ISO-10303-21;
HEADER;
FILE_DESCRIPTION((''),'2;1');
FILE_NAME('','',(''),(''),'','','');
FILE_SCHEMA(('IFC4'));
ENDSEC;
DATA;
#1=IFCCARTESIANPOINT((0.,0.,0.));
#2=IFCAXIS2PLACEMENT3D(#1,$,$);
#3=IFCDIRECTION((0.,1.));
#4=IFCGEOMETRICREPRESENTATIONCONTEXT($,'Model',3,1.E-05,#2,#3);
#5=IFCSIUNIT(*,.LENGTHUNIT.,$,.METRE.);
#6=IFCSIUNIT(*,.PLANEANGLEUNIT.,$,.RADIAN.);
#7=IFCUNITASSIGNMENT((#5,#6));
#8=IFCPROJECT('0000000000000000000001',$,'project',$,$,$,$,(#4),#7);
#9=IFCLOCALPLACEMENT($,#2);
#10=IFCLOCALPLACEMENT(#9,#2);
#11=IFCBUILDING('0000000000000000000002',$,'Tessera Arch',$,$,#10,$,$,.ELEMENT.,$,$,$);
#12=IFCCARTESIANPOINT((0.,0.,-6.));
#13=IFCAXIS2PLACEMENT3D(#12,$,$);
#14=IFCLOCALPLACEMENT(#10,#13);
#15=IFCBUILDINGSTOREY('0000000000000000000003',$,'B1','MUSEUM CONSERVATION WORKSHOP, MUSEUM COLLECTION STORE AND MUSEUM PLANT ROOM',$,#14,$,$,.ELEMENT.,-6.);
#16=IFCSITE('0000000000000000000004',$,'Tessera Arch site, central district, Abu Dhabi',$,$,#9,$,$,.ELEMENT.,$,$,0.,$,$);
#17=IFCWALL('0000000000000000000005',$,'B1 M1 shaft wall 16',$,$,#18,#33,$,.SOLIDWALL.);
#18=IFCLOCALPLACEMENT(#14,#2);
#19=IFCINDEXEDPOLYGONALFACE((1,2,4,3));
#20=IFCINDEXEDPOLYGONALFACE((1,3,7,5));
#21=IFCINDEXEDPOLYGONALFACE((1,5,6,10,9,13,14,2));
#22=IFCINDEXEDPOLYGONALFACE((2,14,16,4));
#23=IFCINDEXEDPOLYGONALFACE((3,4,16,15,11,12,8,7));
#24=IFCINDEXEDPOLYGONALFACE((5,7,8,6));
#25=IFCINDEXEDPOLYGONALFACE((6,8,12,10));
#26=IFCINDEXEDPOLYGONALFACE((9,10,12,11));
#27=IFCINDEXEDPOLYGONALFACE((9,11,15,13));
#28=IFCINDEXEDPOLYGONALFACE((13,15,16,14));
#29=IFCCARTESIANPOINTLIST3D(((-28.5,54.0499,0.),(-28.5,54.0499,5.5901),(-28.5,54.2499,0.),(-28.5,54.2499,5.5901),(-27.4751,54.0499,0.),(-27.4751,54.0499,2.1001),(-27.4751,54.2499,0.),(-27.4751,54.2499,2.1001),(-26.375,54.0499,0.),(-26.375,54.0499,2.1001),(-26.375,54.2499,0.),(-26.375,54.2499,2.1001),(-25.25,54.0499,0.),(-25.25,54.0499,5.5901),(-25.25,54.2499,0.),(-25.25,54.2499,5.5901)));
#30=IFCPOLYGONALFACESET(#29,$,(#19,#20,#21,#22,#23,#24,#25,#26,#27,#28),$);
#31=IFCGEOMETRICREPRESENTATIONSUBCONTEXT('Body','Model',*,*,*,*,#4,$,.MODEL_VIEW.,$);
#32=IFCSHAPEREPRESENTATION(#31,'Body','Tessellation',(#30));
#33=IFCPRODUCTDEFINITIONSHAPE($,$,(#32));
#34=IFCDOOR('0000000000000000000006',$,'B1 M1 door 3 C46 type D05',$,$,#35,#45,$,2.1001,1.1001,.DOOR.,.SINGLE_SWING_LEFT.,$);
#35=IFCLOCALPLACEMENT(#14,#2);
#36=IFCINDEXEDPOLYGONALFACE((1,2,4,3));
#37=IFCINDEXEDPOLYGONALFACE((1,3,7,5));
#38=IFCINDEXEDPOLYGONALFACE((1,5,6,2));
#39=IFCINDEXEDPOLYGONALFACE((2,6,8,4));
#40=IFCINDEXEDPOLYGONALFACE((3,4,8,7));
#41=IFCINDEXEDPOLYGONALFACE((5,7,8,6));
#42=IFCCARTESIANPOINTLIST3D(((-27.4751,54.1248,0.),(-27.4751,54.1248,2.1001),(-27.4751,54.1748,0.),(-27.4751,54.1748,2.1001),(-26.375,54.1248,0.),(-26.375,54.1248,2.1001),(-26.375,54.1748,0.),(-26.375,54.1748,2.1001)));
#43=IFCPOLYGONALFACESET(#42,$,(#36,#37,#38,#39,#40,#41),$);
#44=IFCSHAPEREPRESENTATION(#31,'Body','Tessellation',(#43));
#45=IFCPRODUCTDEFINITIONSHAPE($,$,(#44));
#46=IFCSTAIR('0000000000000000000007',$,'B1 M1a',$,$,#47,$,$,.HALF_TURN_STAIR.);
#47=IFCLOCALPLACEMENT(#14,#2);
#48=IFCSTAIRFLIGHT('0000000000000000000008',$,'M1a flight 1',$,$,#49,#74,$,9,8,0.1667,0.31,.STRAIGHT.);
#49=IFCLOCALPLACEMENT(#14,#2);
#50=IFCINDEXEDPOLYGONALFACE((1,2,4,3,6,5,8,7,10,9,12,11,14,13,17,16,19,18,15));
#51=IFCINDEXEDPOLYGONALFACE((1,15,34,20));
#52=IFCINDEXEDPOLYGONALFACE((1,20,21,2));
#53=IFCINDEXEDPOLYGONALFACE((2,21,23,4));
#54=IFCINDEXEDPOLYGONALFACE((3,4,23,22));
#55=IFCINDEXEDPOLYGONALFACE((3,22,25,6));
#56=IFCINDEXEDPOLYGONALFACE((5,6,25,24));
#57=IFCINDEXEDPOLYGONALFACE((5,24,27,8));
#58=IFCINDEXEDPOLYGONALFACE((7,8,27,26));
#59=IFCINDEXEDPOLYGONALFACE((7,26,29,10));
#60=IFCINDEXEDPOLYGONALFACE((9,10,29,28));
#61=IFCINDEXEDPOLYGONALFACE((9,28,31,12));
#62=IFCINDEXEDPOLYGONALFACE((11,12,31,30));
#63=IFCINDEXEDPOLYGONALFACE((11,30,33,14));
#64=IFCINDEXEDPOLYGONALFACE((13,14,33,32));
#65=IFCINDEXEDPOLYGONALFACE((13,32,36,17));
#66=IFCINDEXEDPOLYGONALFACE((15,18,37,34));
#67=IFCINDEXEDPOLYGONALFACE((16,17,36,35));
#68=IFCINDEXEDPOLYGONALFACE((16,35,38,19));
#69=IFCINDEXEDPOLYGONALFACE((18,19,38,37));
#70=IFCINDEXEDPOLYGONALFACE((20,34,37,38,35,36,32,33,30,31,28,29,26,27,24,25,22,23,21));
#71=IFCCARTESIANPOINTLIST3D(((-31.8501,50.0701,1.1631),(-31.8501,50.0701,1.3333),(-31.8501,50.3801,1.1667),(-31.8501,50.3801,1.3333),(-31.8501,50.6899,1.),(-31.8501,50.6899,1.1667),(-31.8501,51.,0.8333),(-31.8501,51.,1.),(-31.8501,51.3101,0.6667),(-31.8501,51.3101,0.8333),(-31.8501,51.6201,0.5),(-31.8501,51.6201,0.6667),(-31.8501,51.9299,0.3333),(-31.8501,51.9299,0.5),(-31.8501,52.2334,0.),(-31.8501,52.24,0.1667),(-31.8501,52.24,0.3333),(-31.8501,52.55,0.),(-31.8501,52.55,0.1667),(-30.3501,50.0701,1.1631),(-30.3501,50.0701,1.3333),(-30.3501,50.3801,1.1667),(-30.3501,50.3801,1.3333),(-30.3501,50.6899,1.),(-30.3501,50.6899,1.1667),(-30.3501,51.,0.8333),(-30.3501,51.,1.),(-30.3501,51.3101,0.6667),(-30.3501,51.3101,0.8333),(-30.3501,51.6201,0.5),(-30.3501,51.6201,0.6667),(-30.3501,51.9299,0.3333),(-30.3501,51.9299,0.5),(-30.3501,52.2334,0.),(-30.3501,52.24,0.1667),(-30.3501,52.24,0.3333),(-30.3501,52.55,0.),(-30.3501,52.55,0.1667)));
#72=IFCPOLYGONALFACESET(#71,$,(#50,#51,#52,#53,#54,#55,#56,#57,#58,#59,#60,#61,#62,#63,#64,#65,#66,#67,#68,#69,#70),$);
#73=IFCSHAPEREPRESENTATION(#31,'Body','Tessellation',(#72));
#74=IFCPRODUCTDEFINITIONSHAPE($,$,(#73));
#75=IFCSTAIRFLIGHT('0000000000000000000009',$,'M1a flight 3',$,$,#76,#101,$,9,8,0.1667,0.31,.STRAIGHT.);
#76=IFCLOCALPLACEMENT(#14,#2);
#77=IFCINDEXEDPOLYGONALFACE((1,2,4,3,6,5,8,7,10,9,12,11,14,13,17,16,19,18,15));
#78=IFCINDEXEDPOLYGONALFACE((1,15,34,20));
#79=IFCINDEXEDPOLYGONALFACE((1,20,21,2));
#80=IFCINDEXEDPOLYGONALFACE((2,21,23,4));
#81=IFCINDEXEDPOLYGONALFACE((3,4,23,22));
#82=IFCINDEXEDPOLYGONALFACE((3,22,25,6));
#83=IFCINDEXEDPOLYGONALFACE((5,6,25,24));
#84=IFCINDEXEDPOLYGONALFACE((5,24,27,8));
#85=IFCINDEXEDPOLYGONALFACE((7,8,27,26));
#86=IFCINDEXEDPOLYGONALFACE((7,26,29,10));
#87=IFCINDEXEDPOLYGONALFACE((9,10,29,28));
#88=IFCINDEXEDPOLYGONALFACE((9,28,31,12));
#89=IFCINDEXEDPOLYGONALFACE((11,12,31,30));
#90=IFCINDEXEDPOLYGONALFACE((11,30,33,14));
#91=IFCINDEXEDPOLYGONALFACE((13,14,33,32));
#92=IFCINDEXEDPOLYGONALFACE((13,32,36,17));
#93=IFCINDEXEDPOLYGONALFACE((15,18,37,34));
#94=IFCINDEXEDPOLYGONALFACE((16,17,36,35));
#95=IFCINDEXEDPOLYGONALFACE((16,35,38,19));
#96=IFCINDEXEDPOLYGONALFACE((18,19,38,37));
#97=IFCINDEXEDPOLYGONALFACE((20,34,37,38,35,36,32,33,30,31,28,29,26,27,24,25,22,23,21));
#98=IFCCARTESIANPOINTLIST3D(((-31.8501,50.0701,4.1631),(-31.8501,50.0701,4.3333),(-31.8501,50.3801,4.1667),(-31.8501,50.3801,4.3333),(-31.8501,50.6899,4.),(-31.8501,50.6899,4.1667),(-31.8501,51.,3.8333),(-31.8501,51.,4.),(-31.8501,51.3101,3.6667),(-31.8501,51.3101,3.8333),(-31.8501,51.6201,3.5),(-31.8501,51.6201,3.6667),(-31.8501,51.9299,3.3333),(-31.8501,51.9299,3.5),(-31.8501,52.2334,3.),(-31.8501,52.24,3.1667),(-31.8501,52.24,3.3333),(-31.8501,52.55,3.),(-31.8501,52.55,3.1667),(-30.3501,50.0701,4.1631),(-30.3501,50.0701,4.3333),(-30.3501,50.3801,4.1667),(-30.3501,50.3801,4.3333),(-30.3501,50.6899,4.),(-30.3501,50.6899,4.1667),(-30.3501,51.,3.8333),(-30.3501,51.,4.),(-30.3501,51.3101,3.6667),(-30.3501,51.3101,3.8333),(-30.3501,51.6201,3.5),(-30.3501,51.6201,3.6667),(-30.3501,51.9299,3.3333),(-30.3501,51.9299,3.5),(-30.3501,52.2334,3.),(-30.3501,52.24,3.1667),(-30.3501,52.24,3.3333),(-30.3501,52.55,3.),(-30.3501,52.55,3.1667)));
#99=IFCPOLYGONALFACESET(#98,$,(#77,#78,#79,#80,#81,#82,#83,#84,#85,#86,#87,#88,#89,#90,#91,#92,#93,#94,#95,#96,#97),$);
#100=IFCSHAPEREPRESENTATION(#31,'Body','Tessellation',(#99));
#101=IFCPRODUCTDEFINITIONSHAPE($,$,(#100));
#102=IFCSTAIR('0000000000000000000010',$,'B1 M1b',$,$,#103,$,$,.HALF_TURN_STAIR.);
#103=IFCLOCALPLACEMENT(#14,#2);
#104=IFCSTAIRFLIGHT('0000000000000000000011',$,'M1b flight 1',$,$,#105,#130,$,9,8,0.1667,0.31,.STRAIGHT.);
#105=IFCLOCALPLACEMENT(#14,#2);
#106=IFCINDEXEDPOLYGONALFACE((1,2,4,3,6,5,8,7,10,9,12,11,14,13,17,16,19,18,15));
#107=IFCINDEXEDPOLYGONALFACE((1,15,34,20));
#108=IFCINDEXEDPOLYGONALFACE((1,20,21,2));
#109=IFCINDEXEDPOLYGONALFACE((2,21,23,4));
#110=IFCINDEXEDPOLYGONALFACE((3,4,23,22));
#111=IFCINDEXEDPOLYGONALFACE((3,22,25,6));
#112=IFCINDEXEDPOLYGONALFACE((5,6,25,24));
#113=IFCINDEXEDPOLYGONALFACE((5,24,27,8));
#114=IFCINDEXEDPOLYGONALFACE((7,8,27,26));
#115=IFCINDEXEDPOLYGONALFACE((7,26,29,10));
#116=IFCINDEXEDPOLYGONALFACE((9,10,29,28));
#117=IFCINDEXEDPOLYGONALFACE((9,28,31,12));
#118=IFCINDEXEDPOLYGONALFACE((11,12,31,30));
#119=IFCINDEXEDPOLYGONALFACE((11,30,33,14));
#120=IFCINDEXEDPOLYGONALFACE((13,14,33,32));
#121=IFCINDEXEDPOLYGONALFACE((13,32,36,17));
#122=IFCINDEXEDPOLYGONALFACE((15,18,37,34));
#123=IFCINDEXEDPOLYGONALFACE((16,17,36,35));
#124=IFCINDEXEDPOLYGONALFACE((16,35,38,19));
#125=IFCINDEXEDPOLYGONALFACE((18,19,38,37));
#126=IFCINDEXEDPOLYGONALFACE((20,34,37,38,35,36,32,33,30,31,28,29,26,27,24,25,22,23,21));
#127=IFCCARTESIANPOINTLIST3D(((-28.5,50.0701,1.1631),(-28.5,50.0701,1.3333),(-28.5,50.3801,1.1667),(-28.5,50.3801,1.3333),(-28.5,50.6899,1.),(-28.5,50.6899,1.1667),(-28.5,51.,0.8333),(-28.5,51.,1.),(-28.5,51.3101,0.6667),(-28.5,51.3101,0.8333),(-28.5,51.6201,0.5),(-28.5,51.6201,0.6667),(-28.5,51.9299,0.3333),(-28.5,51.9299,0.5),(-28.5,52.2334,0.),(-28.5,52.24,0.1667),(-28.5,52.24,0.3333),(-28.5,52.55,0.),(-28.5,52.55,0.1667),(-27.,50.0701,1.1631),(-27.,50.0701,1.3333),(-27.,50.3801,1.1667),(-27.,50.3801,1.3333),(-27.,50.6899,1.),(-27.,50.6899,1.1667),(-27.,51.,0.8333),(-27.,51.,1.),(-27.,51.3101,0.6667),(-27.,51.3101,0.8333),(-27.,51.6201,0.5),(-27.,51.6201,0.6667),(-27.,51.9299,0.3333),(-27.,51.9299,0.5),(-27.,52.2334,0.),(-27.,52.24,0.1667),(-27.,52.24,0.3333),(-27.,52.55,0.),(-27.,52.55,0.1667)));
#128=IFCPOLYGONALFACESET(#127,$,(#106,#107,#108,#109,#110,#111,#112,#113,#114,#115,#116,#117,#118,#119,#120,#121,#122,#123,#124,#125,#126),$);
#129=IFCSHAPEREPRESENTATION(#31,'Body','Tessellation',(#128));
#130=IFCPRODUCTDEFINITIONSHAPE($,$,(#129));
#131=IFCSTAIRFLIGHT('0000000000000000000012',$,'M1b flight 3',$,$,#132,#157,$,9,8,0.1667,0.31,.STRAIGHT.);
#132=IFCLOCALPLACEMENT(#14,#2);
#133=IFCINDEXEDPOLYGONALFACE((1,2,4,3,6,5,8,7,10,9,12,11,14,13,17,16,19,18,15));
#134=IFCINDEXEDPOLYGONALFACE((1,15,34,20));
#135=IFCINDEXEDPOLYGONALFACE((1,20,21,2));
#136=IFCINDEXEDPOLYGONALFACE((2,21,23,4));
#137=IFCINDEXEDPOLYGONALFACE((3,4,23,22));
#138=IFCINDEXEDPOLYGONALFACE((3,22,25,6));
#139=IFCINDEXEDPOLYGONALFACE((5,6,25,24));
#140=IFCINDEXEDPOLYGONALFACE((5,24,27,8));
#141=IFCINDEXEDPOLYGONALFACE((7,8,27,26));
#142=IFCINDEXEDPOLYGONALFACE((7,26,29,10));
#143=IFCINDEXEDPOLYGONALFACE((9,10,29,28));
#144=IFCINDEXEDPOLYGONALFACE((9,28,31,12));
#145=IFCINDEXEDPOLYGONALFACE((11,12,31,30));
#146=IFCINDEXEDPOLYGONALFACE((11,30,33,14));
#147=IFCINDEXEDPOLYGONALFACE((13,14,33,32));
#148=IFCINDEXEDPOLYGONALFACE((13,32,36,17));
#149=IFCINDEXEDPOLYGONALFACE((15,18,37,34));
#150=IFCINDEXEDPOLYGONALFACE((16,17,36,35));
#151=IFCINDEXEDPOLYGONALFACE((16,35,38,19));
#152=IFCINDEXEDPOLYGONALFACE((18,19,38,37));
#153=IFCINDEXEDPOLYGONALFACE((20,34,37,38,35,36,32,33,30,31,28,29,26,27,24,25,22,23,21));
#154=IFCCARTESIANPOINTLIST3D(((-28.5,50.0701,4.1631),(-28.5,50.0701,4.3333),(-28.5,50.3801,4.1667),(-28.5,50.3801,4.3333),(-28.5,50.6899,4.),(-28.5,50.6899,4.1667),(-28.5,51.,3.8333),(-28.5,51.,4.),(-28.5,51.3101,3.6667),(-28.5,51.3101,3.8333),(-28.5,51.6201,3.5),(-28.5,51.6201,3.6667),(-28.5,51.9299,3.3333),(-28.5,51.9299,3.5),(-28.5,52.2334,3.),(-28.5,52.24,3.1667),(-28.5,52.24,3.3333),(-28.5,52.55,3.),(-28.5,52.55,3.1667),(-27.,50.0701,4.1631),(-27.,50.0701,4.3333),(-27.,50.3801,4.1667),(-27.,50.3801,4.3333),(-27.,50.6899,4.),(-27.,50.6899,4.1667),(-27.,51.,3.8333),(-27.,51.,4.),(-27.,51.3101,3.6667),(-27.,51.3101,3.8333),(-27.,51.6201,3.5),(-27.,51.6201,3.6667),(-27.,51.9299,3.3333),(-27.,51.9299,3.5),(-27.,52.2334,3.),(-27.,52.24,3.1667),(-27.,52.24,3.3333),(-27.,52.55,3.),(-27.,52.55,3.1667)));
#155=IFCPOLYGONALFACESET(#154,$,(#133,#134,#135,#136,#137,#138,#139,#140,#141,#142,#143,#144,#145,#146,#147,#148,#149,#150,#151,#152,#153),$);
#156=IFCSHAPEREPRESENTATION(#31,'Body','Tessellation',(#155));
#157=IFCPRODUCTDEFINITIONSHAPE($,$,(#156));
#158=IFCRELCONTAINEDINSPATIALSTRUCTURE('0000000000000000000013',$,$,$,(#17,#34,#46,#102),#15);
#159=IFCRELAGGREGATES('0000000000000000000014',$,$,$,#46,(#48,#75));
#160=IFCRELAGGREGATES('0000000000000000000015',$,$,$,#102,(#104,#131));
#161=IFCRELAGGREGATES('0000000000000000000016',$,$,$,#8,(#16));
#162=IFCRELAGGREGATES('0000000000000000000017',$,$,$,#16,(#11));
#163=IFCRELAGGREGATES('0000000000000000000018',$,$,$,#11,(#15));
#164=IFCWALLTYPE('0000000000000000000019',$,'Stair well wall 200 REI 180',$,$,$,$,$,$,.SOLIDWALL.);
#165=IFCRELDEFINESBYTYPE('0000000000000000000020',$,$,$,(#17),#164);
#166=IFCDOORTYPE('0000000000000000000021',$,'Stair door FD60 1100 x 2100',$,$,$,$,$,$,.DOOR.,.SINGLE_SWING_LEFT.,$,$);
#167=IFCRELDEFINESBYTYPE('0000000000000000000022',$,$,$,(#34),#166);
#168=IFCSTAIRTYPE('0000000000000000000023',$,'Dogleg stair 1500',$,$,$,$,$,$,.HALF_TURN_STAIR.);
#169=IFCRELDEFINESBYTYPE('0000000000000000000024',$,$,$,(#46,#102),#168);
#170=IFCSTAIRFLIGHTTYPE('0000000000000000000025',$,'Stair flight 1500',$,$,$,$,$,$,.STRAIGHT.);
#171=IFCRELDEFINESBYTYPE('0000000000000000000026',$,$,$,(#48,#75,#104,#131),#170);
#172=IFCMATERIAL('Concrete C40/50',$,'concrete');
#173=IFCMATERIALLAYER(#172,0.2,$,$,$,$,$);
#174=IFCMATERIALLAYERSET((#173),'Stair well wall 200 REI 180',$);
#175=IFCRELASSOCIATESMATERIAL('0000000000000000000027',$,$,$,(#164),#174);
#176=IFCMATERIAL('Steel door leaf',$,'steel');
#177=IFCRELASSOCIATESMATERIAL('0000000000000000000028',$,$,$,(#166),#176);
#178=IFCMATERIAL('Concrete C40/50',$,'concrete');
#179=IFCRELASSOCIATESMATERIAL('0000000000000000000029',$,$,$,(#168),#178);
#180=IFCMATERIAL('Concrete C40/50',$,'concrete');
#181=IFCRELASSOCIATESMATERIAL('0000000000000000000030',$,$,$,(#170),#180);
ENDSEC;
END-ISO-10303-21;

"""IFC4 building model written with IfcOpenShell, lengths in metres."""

from ifc_helpers import new_model, si_unit, direction, frame, frame_2d, origin, place, context, subcontext, project, spatial, polyline, rectangle, outline, extrude, material, layer, layer_set, type_object, element, fill, aggregate, save


model = new_model("IFC4")

# Units and contexts
model_context = context("Model", 3, precision=1e-05, world=origin(), true_north=direction((0.0, 1.0)))
body_context = subcontext(model_context, "Body", "Model", "MODEL_VIEW")
ifc_project = project(units=[si_unit("LENGTHUNIT", "METRE"), si_unit("PLANEANGLEUNIT", "RADIAN")], contexts=[model_context])

# Site, building, storey
site_placement = place(None, origin())
site = spatial("IfcSite", under=ifc_project, at=site_placement, Name="Tessera Arch site, central district, Abu Dhabi", CompositionType="ELEMENT", RefElevation=0.0)
building_placement = place(site_placement, origin())
building = spatial("IfcBuilding", under=site, at=building_placement, Name="Tessera Arch", CompositionType="ELEMENT")
storey_placement = place(building_placement, frame((0.0, 0.0, -6.0)))
storey = spatial("IfcBuildingStorey", under=building, at=storey_placement, Name="B1", Description="MUSEUM CONSERVATION WORKSHOP, MUSEUM COLLECTION STORE AND MUSEUM PLANT ROOM", CompositionType="ELEMENT", Elevation=-6.0)

# Shared definitions
ifc_material_1 = material(Name="Concrete C40/50", Category="concrete")
ifc_layer_1 = layer(ifc_material_1, 0.2)
ifc_layer_set_1 = layer_set([ifc_layer_1], Name="Stair well wall 200 REI 180")
wall_type_1 = type_object("IfcWallType", Name="Stair well wall 200 REI 180", PredefinedType="SOLIDWALL", material=ifc_layer_set_1)

# Shared definitions
ifc_material_2 = material(Name="Steel door leaf", Category="steel")
door_type_1 = type_object("IfcDoorType", Name="Stair door FD60 1100 x 2100", OperationType="SINGLE_SWING_LEFT", PredefinedType="DOOR", material=ifc_material_2)

# Wall, opening, door
wall_1_placement = place(storey_placement, frame((-28.5, 54.1499, 0.0), z_axis=(0.0, 0.0, 1.0), x_axis=(1.0, 0.0, 0.0)))
wall_1 = element("IfcWall", 1, at=wall_1_placement, inside=storey, type_object=wall_type_1, Name="B1 M1 shaft wall 16", PredefinedType="SOLIDWALL", context=body_context, shape_type="SweptSolid", body=[
    extrude(rectangle(XDim=3.25, YDim=0.2, at=frame_2d((1.625, 0.0))), origin(), (0.0, 0.0, 1.0), 5.5901),
])
opening_1_placement = place(wall_1_placement, frame((1.0249, 0.0, 0.0)))
opening_1 = element("IfcOpeningElement", 2, at=opening_1_placement, cuts=wall_1, PredefinedType="OPENING", context=body_context, shape_type="SweptSolid", body=[
    extrude(rectangle(XDim=1.1001, YDim=2.1001, at=frame_2d((0.55, 1.05))), frame((0.0, 0.1099, 0.0), z_axis=(0.0, -1.0, 0.0), x_axis=(1.0, 0.0, 0.0)), (0.0, 0.0, 1.0), 0.22),
])
door_1_placement = place(opening_1_placement, origin())
door_1 = element("IfcDoor", 3, at=door_1_placement, inside=storey, type_object=door_type_1, Name="B1 M1 door 3 C46 type D05", OperationType="SINGLE_SWING_LEFT", OverallHeight=2.1001, OverallWidth=1.1001, PredefinedType="DOOR", context=body_context, shape_type="SweptSolid", body=[
    extrude(rectangle(XDim=1.1001, YDim=2.1001, at=frame_2d((0.55, 1.05))), frame((0.0, 0.0249, 0.0), z_axis=(0.0, -1.0, 0.0), x_axis=(1.0, 0.0, 0.0)), (0.0, 0.0, 1.0), 0.05),
])
fill(opening_1, door_1)

# Stairs, stair flights
ifc_material_3 = material(Name="Concrete C40/50", Category="concrete")
stair_type = type_object("IfcStairType", Name="Dogleg stair 1500", PredefinedType="HALF_TURN_STAIR", material=ifc_material_3)
stair_1_placement = place(storey_placement, origin())
stair_1 = element("IfcStair", 4, at=stair_1_placement, inside=storey, type_object=stair_type, Name="B1 M1a", PredefinedType="HALF_TURN_STAIR")
ifc_material_4 = material(Name="Concrete C40/50", Category="concrete")
stair_flight_type = type_object("IfcStairFlightType", Name="Stair flight 1500", PredefinedType="STRAIGHT", material=ifc_material_4)
stair_flight_1_placement = place(storey_placement, frame((-31.1001, 52.55, 0.0), z_axis=(0.0, 0.0, 1.0), x_axis=(0.0, -1.0, 0.0)))
stair_flight_1 = element("IfcStairFlight", 5, at=stair_flight_1_placement, type_object=stair_flight_type, Name="M1a flight 1", NumberOfRisers=9, NumberOfTreads=8, PredefinedType="STRAIGHT", RiserHeight=0.1667, TreadLength=0.31, context=body_context, shape_type="SweptSolid", body=[
    extrude(outline(polyline([(0.0, 0.0), (0.0, 0.1667), (0.3101, 0.1667), (0.3101, 0.3333), (0.6201, 0.3333), (0.6201, 0.5), (0.9299, 0.5), (0.9299, 0.6667), (1.24, 0.6667), (1.24, 0.8333), (1.55, 0.8333), (1.55, 1.0), (1.8601, 1.0), (1.8601, 1.1667), (2.1699, 1.1667), (2.1699, 1.3333), (2.48, 1.3333), (2.48, 1.5), (2.48, 1.1631), (0.3167, 0.0), (0.0, 0.0)])), frame((0.0, 0.75, 0.0), z_axis=(0.0, -1.0, 0.0), x_axis=(1.0, 0.0, 0.0)), (0.0, 0.0, 1.0), 1.5),
])
stair_flight_2_placement = place(storey_placement, frame((-31.1001, 52.55, 3.0), z_axis=(0.0, 0.0, 1.0), x_axis=(0.0, -1.0, 0.0)))
stair_flight_2 = element("IfcStairFlight", 6, at=stair_flight_2_placement, type_object=stair_flight_type, Name="M1a flight 3", NumberOfRisers=9, NumberOfTreads=8, PredefinedType="STRAIGHT", RiserHeight=0.1667, TreadLength=0.31, context=body_context, shape_type="SweptSolid", body=[
    extrude(outline(polyline([(0.0, 0.0), (0.0, 0.1667), (0.3101, 0.1667), (0.3101, 0.3333), (0.6201, 0.3333), (0.6201, 0.5), (0.9299, 0.5), (0.9299, 0.6667), (1.24, 0.6667), (1.24, 0.8333), (1.55, 0.8333), (1.55, 1.0), (1.8601, 1.0), (1.8601, 1.1667), (2.1699, 1.1667), (2.1699, 1.3333), (2.48, 1.3333), (2.48, 1.5), (2.48, 1.1631), (0.3167, 0.0), (0.0, 0.0)])), frame((0.0, 0.75, 0.0), z_axis=(0.0, -1.0, 0.0), x_axis=(1.0, 0.0, 0.0)), (0.0, 0.0, 1.0), 1.5),
])
aggregate(stair_1, [stair_flight_1, stair_flight_2])
stair_2_placement = place(storey_placement, origin())
stair_2 = element("IfcStair", 7, at=stair_2_placement, inside=storey, type_object=stair_type, Name="B1 M1b", PredefinedType="HALF_TURN_STAIR")
stair_flight_3_placement = place(storey_placement, frame((-27.75, 52.55, 0.0), z_axis=(0.0, 0.0, 1.0), x_axis=(0.0, -1.0, 0.0)))
stair_flight_3 = element("IfcStairFlight", 8, at=stair_flight_3_placement, type_object=stair_flight_type, Name="M1b flight 1", NumberOfRisers=9, NumberOfTreads=8, PredefinedType="STRAIGHT", RiserHeight=0.1667, TreadLength=0.31, context=body_context, shape_type="SweptSolid", body=[
    extrude(outline(polyline([(0.0, 0.0), (0.0, 0.1667), (0.3101, 0.1667), (0.3101, 0.3333), (0.6201, 0.3333), (0.6201, 0.5), (0.9299, 0.5), (0.9299, 0.6667), (1.24, 0.6667), (1.24, 0.8333), (1.55, 0.8333), (1.55, 1.0), (1.8601, 1.0), (1.8601, 1.1667), (2.1699, 1.1667), (2.1699, 1.3333), (2.48, 1.3333), (2.48, 1.5), (2.48, 1.1631), (0.3167, 0.0), (0.0, 0.0)])), frame((0.0, 0.75, 0.0), z_axis=(0.0, -1.0, 0.0), x_axis=(1.0, 0.0, 0.0)), (0.0, 0.0, 1.0), 1.5),
])
stair_flight_4_placement = place(storey_placement, frame((-27.75, 52.55, 3.0), z_axis=(0.0, 0.0, 1.0), x_axis=(0.0, -1.0, 0.0)))
stair_flight_4 = element("IfcStairFlight", 9, at=stair_flight_4_placement, type_object=stair_flight_type, Name="M1b flight 3", NumberOfRisers=9, NumberOfTreads=8, PredefinedType="STRAIGHT", RiserHeight=0.1667, TreadLength=0.31, context=body_context, shape_type="SweptSolid", body=[
    extrude(outline(polyline([(0.0, 0.0), (0.0, 0.1667), (0.3101, 0.1667), (0.3101, 0.3333), (0.6201, 0.3333), (0.6201, 0.5), (0.9299, 0.5), (0.9299, 0.6667), (1.24, 0.6667), (1.24, 0.8333), (1.55, 0.8333), (1.55, 1.0), (1.8601, 1.0), (1.8601, 1.1667), (2.1699, 1.1667), (2.1699, 1.3333), (2.48, 1.3333), (2.48, 1.5), (2.48, 1.1631), (0.3167, 0.0), (0.0, 0.0)])), frame((0.0, 0.75, 0.0), z_axis=(0.0, -1.0, 0.0), x_axis=(1.0, 0.0, 0.0)), (0.0, 0.0, 1.0), 1.5),
])
aggregate(stair_2, [stair_flight_3, stair_flight_4])

save(model, "model.ifc")
